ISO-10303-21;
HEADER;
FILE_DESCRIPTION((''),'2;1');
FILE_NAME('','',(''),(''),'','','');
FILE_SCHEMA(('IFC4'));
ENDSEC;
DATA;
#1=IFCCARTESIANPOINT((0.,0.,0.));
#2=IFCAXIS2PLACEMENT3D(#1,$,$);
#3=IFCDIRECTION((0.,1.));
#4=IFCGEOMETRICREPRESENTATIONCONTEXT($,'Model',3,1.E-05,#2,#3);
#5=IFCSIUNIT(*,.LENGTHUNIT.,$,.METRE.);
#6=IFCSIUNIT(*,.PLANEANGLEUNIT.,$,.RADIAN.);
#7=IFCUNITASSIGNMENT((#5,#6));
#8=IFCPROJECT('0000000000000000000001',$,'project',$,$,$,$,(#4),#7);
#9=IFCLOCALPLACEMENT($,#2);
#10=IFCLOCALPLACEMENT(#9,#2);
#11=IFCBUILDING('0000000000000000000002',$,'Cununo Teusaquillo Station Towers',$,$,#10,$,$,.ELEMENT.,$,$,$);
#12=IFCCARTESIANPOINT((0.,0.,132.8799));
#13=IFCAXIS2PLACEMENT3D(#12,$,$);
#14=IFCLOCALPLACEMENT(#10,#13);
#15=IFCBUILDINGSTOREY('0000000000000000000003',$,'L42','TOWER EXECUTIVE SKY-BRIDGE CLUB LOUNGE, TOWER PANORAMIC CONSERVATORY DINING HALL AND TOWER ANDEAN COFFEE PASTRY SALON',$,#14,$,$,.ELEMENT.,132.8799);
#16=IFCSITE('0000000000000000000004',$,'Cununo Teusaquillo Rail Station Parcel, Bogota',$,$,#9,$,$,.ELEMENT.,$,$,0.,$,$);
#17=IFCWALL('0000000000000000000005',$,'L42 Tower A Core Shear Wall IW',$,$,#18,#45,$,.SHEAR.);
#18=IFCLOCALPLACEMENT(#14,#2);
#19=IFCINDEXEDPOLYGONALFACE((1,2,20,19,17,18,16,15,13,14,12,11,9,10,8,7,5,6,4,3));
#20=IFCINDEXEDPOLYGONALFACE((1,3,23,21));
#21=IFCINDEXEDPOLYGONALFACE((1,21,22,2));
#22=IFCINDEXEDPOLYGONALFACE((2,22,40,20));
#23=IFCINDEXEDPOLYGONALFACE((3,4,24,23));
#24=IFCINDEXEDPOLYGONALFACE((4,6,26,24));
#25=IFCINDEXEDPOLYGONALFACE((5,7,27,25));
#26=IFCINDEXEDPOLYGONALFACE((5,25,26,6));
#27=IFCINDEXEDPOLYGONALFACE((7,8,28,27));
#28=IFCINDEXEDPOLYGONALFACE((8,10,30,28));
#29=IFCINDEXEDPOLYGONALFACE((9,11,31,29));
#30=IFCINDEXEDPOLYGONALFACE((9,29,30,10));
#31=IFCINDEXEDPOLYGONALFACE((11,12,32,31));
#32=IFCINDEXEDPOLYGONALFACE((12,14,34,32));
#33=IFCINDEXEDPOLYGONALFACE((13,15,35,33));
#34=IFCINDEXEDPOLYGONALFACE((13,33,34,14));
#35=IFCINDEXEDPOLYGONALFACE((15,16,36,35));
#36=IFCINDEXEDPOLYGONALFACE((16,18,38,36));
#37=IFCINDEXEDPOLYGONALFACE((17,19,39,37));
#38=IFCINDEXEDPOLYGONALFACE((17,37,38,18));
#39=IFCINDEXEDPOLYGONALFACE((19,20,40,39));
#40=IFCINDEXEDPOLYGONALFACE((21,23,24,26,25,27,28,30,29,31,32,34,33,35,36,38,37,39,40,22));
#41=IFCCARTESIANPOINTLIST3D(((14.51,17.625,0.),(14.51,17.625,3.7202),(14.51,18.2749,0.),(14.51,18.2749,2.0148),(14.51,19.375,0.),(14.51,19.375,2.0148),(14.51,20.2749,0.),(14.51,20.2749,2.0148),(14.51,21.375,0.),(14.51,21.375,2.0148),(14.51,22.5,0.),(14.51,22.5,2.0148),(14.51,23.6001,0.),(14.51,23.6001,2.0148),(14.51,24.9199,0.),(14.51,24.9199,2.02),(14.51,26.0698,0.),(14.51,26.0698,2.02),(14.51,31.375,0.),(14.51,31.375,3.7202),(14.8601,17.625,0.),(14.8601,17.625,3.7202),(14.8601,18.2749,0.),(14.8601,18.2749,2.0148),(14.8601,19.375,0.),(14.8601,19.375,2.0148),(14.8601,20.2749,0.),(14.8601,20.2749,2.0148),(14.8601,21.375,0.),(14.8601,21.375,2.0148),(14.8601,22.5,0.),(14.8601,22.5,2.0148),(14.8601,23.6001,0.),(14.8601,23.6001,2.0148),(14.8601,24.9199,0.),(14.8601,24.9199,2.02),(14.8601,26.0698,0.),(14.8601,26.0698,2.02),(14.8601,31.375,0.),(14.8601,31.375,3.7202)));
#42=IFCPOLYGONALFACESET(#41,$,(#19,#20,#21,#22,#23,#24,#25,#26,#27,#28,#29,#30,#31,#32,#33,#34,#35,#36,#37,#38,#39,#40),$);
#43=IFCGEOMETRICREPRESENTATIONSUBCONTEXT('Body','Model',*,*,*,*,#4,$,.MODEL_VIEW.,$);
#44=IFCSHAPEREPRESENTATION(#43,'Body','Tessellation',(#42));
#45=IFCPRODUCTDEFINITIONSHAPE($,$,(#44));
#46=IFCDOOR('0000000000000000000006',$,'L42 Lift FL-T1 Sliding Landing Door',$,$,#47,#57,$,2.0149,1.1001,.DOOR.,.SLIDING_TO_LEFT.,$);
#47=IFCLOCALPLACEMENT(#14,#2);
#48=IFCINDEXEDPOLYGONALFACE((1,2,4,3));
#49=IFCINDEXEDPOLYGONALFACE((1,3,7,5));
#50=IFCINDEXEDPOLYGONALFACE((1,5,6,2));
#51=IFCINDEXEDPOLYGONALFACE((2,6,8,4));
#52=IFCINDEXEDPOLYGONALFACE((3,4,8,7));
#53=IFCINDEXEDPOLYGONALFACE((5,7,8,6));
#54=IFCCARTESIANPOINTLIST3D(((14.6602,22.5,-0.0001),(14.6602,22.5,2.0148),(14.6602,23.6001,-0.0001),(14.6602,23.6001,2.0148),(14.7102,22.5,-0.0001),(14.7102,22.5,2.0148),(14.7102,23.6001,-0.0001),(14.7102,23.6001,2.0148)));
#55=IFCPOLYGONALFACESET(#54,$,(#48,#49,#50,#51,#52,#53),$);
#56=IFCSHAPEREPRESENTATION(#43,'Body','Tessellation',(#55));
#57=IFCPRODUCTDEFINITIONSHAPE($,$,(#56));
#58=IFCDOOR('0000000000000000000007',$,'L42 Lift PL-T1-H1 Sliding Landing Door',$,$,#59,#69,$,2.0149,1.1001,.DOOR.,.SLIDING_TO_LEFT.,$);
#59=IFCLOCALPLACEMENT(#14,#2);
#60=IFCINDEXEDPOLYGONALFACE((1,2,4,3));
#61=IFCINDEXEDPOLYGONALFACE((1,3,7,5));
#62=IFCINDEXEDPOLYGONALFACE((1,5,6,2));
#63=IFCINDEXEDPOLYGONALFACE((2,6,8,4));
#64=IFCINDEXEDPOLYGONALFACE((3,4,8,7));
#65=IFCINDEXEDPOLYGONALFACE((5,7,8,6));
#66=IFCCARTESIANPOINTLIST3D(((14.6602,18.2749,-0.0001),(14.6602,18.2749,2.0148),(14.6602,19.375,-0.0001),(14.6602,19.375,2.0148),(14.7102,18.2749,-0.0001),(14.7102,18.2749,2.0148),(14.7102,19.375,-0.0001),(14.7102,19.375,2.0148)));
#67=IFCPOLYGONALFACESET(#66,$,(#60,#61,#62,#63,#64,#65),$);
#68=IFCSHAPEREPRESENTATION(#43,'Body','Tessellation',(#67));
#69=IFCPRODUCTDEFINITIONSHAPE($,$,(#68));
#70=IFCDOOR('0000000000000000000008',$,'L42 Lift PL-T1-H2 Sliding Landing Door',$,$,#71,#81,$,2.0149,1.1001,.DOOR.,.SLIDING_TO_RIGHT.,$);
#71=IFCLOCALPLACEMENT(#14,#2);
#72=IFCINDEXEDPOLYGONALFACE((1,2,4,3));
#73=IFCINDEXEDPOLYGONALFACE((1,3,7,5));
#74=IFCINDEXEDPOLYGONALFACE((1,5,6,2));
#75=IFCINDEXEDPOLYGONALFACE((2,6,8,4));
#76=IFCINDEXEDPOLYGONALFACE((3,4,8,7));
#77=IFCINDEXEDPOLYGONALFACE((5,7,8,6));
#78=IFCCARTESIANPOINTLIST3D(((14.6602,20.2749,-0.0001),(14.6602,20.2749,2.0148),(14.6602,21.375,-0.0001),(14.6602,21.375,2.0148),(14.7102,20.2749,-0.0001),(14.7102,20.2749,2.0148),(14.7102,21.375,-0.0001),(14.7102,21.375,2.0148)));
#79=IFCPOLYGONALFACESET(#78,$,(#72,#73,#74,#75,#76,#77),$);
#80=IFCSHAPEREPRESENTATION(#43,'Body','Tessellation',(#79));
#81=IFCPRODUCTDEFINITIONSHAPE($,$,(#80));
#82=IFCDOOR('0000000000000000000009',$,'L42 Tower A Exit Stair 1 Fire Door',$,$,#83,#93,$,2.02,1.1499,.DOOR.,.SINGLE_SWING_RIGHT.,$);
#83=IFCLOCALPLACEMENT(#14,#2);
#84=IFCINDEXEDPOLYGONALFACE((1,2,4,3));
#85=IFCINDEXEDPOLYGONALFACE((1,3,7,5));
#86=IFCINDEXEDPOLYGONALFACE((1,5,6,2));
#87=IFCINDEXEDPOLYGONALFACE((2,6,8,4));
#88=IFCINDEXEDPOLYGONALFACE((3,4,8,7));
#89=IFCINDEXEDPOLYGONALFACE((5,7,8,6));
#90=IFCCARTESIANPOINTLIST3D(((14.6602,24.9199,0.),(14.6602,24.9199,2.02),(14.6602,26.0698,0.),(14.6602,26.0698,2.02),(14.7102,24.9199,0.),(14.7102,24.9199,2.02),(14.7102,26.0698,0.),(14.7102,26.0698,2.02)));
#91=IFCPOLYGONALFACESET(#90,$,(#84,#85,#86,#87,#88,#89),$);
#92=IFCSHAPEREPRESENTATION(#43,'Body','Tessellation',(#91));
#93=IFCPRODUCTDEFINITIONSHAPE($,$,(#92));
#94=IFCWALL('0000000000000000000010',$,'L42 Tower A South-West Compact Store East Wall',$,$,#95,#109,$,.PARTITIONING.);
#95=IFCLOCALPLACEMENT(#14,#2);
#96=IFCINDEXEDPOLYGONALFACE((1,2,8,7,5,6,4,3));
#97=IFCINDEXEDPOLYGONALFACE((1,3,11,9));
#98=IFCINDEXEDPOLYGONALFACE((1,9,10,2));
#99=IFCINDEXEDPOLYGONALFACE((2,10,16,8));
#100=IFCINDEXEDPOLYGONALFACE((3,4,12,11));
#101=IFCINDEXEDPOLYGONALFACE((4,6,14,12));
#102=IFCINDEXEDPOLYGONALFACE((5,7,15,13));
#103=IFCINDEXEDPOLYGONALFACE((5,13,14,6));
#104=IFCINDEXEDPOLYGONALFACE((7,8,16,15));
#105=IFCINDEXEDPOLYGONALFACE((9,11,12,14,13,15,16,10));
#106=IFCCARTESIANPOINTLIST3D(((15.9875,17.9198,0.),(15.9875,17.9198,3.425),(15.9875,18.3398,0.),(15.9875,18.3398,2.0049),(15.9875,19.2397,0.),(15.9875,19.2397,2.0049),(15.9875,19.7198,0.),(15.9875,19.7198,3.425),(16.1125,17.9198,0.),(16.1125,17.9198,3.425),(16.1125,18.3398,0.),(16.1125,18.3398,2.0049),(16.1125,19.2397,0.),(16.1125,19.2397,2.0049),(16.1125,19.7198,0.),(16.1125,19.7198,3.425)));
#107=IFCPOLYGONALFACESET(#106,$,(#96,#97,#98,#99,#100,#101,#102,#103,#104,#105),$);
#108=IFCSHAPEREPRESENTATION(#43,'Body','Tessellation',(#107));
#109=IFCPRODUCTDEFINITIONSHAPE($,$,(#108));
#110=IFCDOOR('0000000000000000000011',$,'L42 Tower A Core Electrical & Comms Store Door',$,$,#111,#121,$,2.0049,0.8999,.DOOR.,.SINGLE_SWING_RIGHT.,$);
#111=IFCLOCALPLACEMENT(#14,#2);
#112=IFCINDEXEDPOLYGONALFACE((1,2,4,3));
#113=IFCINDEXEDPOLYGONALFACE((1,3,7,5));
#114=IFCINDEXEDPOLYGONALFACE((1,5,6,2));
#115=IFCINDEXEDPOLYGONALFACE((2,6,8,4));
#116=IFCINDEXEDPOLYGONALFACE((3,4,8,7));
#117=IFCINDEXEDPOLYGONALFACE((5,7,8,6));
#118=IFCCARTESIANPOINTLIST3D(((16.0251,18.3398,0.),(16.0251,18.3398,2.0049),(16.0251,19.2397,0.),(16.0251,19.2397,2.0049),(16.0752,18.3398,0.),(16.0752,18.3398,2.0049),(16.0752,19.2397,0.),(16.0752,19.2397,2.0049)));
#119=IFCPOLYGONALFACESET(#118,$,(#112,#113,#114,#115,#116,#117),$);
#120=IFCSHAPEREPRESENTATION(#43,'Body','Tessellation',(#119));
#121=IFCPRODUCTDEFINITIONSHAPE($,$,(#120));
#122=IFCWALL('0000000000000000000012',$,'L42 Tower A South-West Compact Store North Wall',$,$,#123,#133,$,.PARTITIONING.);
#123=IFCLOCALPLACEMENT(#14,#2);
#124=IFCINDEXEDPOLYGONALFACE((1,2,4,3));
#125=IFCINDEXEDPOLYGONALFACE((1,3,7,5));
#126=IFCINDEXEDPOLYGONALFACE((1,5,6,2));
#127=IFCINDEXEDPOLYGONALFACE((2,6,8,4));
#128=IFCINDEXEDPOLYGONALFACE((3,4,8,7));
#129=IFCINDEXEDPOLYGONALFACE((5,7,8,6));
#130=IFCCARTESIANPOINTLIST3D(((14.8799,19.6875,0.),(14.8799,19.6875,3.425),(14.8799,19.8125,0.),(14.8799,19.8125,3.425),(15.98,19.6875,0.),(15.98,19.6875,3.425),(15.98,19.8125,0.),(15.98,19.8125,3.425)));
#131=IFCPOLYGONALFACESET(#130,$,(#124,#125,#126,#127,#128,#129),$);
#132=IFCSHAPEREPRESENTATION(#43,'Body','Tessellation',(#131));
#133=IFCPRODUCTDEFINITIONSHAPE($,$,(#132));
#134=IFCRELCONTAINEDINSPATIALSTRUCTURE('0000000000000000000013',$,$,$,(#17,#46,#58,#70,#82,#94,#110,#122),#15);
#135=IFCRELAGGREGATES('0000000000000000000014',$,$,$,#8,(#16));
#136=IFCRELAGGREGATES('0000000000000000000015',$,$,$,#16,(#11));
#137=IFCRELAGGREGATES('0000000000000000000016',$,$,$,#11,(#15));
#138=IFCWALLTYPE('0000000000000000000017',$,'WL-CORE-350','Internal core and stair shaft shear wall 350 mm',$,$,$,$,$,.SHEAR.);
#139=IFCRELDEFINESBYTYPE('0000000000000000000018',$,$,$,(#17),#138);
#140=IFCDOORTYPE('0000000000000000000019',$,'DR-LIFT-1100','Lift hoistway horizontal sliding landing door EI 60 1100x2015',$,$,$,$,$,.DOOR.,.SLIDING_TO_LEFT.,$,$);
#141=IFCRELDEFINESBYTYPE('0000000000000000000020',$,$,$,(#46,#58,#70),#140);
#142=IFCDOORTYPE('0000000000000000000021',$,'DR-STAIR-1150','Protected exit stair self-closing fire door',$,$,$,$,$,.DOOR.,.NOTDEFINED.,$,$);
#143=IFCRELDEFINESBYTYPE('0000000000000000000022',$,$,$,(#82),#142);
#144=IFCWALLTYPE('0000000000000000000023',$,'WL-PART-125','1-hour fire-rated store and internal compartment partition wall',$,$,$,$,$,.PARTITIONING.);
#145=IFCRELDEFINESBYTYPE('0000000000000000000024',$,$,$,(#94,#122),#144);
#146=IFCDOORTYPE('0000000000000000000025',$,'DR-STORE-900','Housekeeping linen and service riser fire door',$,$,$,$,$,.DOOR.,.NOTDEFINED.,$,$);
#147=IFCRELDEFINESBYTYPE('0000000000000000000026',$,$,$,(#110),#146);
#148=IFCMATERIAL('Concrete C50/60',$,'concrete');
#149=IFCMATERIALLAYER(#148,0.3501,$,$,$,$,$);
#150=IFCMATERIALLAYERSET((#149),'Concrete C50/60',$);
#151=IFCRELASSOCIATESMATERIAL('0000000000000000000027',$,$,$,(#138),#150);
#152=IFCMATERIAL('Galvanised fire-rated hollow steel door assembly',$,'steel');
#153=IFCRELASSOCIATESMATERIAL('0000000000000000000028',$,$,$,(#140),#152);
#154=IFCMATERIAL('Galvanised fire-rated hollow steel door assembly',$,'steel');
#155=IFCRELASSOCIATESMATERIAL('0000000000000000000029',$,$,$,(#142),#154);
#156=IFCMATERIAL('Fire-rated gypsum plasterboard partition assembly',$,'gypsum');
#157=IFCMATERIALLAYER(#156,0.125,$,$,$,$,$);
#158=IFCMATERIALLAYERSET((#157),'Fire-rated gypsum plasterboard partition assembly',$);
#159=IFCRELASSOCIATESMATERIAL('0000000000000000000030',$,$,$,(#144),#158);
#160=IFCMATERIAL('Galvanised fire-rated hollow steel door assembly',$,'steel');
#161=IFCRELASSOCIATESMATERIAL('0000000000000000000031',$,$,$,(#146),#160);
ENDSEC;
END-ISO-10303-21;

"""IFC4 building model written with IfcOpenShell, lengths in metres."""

from ifc_helpers import new_model, si_unit, direction, frame, frame_2d, origin, place, context, subcontext, project, spatial, rectangle, extrude, source, transform, mapped, material, layer, layer_set, type_object, element, fill, save


model = new_model("IFC4")

# Units and contexts
model_context = context("Model", 3, precision=1e-05, world=origin(), true_north=direction((0.0, 1.0)))
body_context = subcontext(model_context, "Body", "Model", "MODEL_VIEW")
ifc_project = project(units=[si_unit("LENGTHUNIT", "METRE"), si_unit("PLANEANGLEUNIT", "RADIAN")], contexts=[model_context])

# Site, building, storey
site_placement = place(None, origin())
site = spatial("IfcSite", under=ifc_project, at=site_placement, Name="Cununo Teusaquillo Rail Station Parcel, Bogota", CompositionType="ELEMENT", RefElevation=0.0)
building_placement = place(site_placement, origin())
building = spatial("IfcBuilding", under=site, at=building_placement, Name="Cununo Teusaquillo Station Towers", CompositionType="ELEMENT")
storey_placement = place(building_placement, frame((0.0, 0.0, 132.8799)))
storey = spatial("IfcBuildingStorey", under=building, at=storey_placement, Name="L42", Description="TOWER EXECUTIVE SKY-BRIDGE CLUB LOUNGE, TOWER PANORAMIC CONSERVATORY DINING HALL AND TOWER ANDEAN COFFEE PASTRY SALON", CompositionType="ELEMENT", Elevation=132.8799)

# Wall, openings, doors
ifc_material_1 = material(Name="Concrete C50/60", Category="concrete")
ifc_layer_1 = layer(ifc_material_1, 0.3501)
ifc_layer_set_1 = layer_set([ifc_layer_1], Name="Concrete C50/60")
wall_type_1 = type_object("IfcWallType", Name="WL-CORE-350", Description="Internal core and stair shaft shear wall 350 mm", PredefinedType="SHEAR", material=ifc_layer_set_1)
wall_1_placement = place(storey_placement, frame((14.6851, 17.625, 0.0), z_axis=(0.0, 0.0, 1.0), x_axis=(0.0, 1.0, 0.0)))
wall_1 = element("IfcWall", 1, at=wall_1_placement, inside=storey, type_object=wall_type_1, Name="L42 Tower A Core Shear Wall IW", PredefinedType="SHEAR", context=body_context, shape_type="SweptSolid", body=[
    extrude(rectangle(XDim=13.75, YDim=0.3501, at=frame_2d((6.875, 0.0))), origin(), (0.0, 0.0, 1.0), 3.7202),
])
shared_shape_1 = source(origin(), body_context, "Body", "SweptSolid", [
    extrude(rectangle(XDim=1.1001, YDim=2.0149, at=frame_2d((0.55, 1.0073))), frame((0.0, 0.1851, 0.0), z_axis=(0.0, -1.0, 0.0), x_axis=(1.0, 0.0, 0.0)), (0.0, 0.0, 1.0), 0.3701),
])
opening_1_placement = place(wall_1_placement, frame((4.875, 0.0, 0.0)))
opening_1 = element("IfcOpeningElement", 2, at=opening_1_placement, cuts=wall_1, PredefinedType="OPENING", context=body_context, shape_type="MappedRepresentation", body=[
    mapped(shared_shape_1, transform((0.0, 0.0, 0.0), x_axis=(1.0, 0.0, 0.0), y_axis=(0.0, 1.0, 0.0), z_axis=(0.0, 0.0, 1.0), scale=1.0)),
])
opening_2_placement = place(wall_1_placement, frame((0.6499, 0.0, 0.0)))
opening_2 = element("IfcOpeningElement", 3, at=opening_2_placement, cuts=wall_1, PredefinedType="OPENING", context=body_context, shape_type="MappedRepresentation", body=[
    mapped(shared_shape_1, transform((0.0, 0.0, 0.0), x_axis=(1.0, 0.0, 0.0), y_axis=(0.0, 1.0, 0.0), z_axis=(0.0, 0.0, 1.0), scale=1.0)),
])
opening_3_placement = place(wall_1_placement, frame((2.6499, 0.0, 0.0)))
opening_3 = element("IfcOpeningElement", 4, at=opening_3_placement, cuts=wall_1, PredefinedType="OPENING", context=body_context, shape_type="MappedRepresentation", body=[
    mapped(shared_shape_1, transform((0.0, 0.0, 0.0), x_axis=(1.0, 0.0, 0.0), y_axis=(0.0, 1.0, 0.0), z_axis=(0.0, 0.0, 1.0), scale=1.0)),
])
shared_shape_2 = source(origin(), body_context, "Body", "SweptSolid", [
    extrude(rectangle(XDim=1.1499, YDim=2.02, at=frame_2d((0.575, 1.01))), frame((0.0, 0.1851, 0.0), z_axis=(0.0, -1.0, 0.0), x_axis=(1.0, 0.0, 0.0)), (0.0, 0.0, 1.0), 0.3701),
])
opening_4_placement = place(wall_1_placement, frame((7.2949, 0.0, 0.0)))
opening_4 = element("IfcOpeningElement", 5, at=opening_4_placement, cuts=wall_1, PredefinedType="OPENING", context=body_context, shape_type="MappedRepresentation", body=[
    mapped(shared_shape_2, transform((0.0, 0.0, 0.0), x_axis=(1.0, 0.0, 0.0), y_axis=(0.0, 1.0, 0.0), z_axis=(0.0, 0.0, 1.0), scale=1.0)),
])
ifc_material_2 = material(Name="Galvanised fire-rated hollow steel door assembly", Category="steel")
door_type_1 = type_object("IfcDoorType", Name="DR-LIFT-1100", Description="Lift hoistway horizontal sliding landing door EI 60 1100x2015", OperationType="SLIDING_TO_LEFT", PredefinedType="DOOR", material=ifc_material_2)
shared_shape_3 = source(origin(), body_context, "Body", "SweptSolid", [
    extrude(rectangle(XDim=1.1001, YDim=2.0149, at=frame_2d((0.55, 1.0073))), frame((0.0, 0.0249, 0.0), z_axis=(0.0, -1.0, 0.0), x_axis=(1.0, 0.0, 0.0)), (0.0, 0.0, 1.0), 0.05),
])
door_1_placement = place(opening_1_placement, origin())
door_1 = element("IfcDoor", 6, at=door_1_placement, inside=storey, type_object=door_type_1, Name="L42 Lift FL-T1 Sliding Landing Door", OperationType="SLIDING_TO_LEFT", OverallHeight=2.0149, OverallWidth=1.1001, PredefinedType="DOOR", context=body_context, shape_type="MappedRepresentation", body=[
    mapped(shared_shape_3, transform((0.0, 0.0, 0.0), x_axis=(1.0, 0.0, 0.0), y_axis=(0.0, 1.0, 0.0), z_axis=(0.0, 0.0, 1.0), scale=1.0)),
])
fill(opening_1, door_1)
door_2_placement = place(opening_2_placement, origin())
door_2 = element("IfcDoor", 7, at=door_2_placement, inside=storey, type_object=door_type_1, Name="L42 Lift PL-T1-H1 Sliding Landing Door", OperationType="SLIDING_TO_LEFT", OverallHeight=2.0149, OverallWidth=1.1001, PredefinedType="DOOR", context=body_context, shape_type="MappedRepresentation", body=[
    mapped(shared_shape_3, transform((0.0, 0.0, 0.0), x_axis=(1.0, 0.0, 0.0), y_axis=(0.0, 1.0, 0.0), z_axis=(0.0, 0.0, 1.0), scale=1.0)),
])
fill(opening_2, door_2)
door_3_placement = place(opening_3_placement, origin())
door_3 = element("IfcDoor", 8, at=door_3_placement, inside=storey, type_object=door_type_1, Name="L42 Lift PL-T1-H2 Sliding Landing Door", OperationType="SLIDING_TO_RIGHT", OverallHeight=2.0149, OverallWidth=1.1001, PredefinedType="DOOR", context=body_context, shape_type="MappedRepresentation", body=[
    mapped(shared_shape_3, transform((0.0, 0.0, 0.0), x_axis=(1.0, 0.0, 0.0), y_axis=(0.0, 1.0, 0.0), z_axis=(0.0, 0.0, 1.0), scale=1.0)),
])
fill(opening_3, door_3)
ifc_material_3 = material(Name="Galvanised fire-rated hollow steel door assembly", Category="steel")
door_type_2 = type_object("IfcDoorType", Name="DR-STAIR-1150", Description="Protected exit stair self-closing fire door", OperationType="NOTDEFINED", PredefinedType="DOOR", material=ifc_material_3)
shared_shape_4 = source(origin(), body_context, "Body", "SweptSolid", [
    extrude(rectangle(XDim=1.1499, YDim=2.02, at=frame_2d((0.575, 1.01))), frame((0.0, 0.0249, 0.0), z_axis=(0.0, -1.0, 0.0), x_axis=(1.0, 0.0, 0.0)), (0.0, 0.0, 1.0), 0.05),
])
door_4_placement = place(opening_4_placement, origin())
door_4 = element("IfcDoor", 9, at=door_4_placement, inside=storey, type_object=door_type_2, Name="L42 Tower A Exit Stair 1 Fire Door", OperationType="SINGLE_SWING_RIGHT", OverallHeight=2.02, OverallWidth=1.1499, PredefinedType="DOOR", context=body_context, shape_type="MappedRepresentation", body=[
    mapped(shared_shape_4, transform((0.0, 0.0, 0.0), x_axis=(1.0, 0.0, 0.0), y_axis=(0.0, 1.0, 0.0), z_axis=(0.0, 0.0, 1.0), scale=1.0)),
])
fill(opening_4, door_4)

# Wall, opening, door
ifc_material_4 = material(Name="Fire-rated gypsum plasterboard partition assembly", Category="gypsum")
ifc_layer_2 = layer(ifc_material_4, 0.125)
ifc_layer_set_2 = layer_set([ifc_layer_2], Name="Fire-rated gypsum plasterboard partition assembly")
wall_type_2 = type_object("IfcWallType", Name="WL-PART-125", Description="1-hour fire-rated store and internal compartment partition wall", PredefinedType="PARTITIONING", material=ifc_layer_set_2)
wall_2_placement = place(storey_placement, frame((16.05, 17.9199, 0.0), z_axis=(0.0, 0.0, 1.0), x_axis=(0.0, 1.0, 0.0)))
wall_2 = element("IfcWall", 10, at=wall_2_placement, inside=storey, type_object=wall_type_2, Name="L42 Tower A South-West Compact Store East Wall", PredefinedType="PARTITIONING", context=body_context, shape_type="SweptSolid", body=[
    extrude(rectangle(XDim=1.8, YDim=0.125, at=frame_2d((0.8999, 0.0))), origin(), (0.0, 0.0, 1.0), 3.425),
])
shared_shape_5 = source(origin(), body_context, "Body", "SweptSolid", [
    extrude(rectangle(XDim=0.8999, YDim=2.0049, at=frame_2d((0.45, 1.0024))), frame((0.0, 0.0725, 0.0), z_axis=(0.0, -1.0, 0.0), x_axis=(1.0, 0.0, 0.0)), (0.0, 0.0, 1.0), 0.145),
])
opening_5_placement = place(wall_2_placement, frame((0.4199, 0.0, 0.0)))
opening_5 = element("IfcOpeningElement", 11, at=opening_5_placement, cuts=wall_2, PredefinedType="OPENING", context=body_context, shape_type="MappedRepresentation", body=[
    mapped(shared_shape_5, transform((0.0, 0.0, 0.0), x_axis=(1.0, 0.0, 0.0), y_axis=(0.0, 1.0, 0.0), z_axis=(0.0, 0.0, 1.0), scale=1.0)),
])
ifc_material_5 = material(Name="Galvanised fire-rated hollow steel door assembly", Category="steel")
door_type_3 = type_object("IfcDoorType", Name="DR-STORE-900", Description="Housekeeping linen and service riser fire door", OperationType="NOTDEFINED", PredefinedType="DOOR", material=ifc_material_5)
shared_shape_6 = source(origin(), body_context, "Body", "SweptSolid", [
    extrude(rectangle(XDim=0.8999, YDim=2.0049, at=frame_2d((0.45, 1.0024))), frame((0.0, 0.0249, 0.0), z_axis=(0.0, -1.0, 0.0), x_axis=(1.0, 0.0, 0.0)), (0.0, 0.0, 1.0), 0.05),
])
door_5_placement = place(opening_5_placement, origin())
door_5 = element("IfcDoor", 12, at=door_5_placement, inside=storey, type_object=door_type_3, Name="L42 Tower A Core Electrical & Comms Store Door", OperationType="SINGLE_SWING_RIGHT", OverallHeight=2.0049, OverallWidth=0.8999, PredefinedType="DOOR", context=body_context, shape_type="MappedRepresentation", body=[
    mapped(shared_shape_6, transform((0.0, 0.0, 0.0), x_axis=(1.0, 0.0, 0.0), y_axis=(0.0, 1.0, 0.0), z_axis=(0.0, 0.0, 1.0), scale=1.0)),
])
fill(opening_5, door_5)

# Wall
wall_3_placement = place(storey_placement, frame((14.8799, 19.75, 0.0), z_axis=(0.0, 0.0, 1.0), x_axis=(1.0, 0.0, 0.0)))
element("IfcWall", 13, at=wall_3_placement, inside=storey, type_object=wall_type_2, Name="L42 Tower A South-West Compact Store North Wall", PredefinedType="PARTITIONING", context=body_context, shape_type="SweptSolid", body=[
    extrude(rectangle(XDim=1.1001, YDim=0.125, at=frame_2d((0.55, 0.0))), origin(), (0.0, 0.0, 1.0), 3.425),
])

save(model, "model.ifc")
